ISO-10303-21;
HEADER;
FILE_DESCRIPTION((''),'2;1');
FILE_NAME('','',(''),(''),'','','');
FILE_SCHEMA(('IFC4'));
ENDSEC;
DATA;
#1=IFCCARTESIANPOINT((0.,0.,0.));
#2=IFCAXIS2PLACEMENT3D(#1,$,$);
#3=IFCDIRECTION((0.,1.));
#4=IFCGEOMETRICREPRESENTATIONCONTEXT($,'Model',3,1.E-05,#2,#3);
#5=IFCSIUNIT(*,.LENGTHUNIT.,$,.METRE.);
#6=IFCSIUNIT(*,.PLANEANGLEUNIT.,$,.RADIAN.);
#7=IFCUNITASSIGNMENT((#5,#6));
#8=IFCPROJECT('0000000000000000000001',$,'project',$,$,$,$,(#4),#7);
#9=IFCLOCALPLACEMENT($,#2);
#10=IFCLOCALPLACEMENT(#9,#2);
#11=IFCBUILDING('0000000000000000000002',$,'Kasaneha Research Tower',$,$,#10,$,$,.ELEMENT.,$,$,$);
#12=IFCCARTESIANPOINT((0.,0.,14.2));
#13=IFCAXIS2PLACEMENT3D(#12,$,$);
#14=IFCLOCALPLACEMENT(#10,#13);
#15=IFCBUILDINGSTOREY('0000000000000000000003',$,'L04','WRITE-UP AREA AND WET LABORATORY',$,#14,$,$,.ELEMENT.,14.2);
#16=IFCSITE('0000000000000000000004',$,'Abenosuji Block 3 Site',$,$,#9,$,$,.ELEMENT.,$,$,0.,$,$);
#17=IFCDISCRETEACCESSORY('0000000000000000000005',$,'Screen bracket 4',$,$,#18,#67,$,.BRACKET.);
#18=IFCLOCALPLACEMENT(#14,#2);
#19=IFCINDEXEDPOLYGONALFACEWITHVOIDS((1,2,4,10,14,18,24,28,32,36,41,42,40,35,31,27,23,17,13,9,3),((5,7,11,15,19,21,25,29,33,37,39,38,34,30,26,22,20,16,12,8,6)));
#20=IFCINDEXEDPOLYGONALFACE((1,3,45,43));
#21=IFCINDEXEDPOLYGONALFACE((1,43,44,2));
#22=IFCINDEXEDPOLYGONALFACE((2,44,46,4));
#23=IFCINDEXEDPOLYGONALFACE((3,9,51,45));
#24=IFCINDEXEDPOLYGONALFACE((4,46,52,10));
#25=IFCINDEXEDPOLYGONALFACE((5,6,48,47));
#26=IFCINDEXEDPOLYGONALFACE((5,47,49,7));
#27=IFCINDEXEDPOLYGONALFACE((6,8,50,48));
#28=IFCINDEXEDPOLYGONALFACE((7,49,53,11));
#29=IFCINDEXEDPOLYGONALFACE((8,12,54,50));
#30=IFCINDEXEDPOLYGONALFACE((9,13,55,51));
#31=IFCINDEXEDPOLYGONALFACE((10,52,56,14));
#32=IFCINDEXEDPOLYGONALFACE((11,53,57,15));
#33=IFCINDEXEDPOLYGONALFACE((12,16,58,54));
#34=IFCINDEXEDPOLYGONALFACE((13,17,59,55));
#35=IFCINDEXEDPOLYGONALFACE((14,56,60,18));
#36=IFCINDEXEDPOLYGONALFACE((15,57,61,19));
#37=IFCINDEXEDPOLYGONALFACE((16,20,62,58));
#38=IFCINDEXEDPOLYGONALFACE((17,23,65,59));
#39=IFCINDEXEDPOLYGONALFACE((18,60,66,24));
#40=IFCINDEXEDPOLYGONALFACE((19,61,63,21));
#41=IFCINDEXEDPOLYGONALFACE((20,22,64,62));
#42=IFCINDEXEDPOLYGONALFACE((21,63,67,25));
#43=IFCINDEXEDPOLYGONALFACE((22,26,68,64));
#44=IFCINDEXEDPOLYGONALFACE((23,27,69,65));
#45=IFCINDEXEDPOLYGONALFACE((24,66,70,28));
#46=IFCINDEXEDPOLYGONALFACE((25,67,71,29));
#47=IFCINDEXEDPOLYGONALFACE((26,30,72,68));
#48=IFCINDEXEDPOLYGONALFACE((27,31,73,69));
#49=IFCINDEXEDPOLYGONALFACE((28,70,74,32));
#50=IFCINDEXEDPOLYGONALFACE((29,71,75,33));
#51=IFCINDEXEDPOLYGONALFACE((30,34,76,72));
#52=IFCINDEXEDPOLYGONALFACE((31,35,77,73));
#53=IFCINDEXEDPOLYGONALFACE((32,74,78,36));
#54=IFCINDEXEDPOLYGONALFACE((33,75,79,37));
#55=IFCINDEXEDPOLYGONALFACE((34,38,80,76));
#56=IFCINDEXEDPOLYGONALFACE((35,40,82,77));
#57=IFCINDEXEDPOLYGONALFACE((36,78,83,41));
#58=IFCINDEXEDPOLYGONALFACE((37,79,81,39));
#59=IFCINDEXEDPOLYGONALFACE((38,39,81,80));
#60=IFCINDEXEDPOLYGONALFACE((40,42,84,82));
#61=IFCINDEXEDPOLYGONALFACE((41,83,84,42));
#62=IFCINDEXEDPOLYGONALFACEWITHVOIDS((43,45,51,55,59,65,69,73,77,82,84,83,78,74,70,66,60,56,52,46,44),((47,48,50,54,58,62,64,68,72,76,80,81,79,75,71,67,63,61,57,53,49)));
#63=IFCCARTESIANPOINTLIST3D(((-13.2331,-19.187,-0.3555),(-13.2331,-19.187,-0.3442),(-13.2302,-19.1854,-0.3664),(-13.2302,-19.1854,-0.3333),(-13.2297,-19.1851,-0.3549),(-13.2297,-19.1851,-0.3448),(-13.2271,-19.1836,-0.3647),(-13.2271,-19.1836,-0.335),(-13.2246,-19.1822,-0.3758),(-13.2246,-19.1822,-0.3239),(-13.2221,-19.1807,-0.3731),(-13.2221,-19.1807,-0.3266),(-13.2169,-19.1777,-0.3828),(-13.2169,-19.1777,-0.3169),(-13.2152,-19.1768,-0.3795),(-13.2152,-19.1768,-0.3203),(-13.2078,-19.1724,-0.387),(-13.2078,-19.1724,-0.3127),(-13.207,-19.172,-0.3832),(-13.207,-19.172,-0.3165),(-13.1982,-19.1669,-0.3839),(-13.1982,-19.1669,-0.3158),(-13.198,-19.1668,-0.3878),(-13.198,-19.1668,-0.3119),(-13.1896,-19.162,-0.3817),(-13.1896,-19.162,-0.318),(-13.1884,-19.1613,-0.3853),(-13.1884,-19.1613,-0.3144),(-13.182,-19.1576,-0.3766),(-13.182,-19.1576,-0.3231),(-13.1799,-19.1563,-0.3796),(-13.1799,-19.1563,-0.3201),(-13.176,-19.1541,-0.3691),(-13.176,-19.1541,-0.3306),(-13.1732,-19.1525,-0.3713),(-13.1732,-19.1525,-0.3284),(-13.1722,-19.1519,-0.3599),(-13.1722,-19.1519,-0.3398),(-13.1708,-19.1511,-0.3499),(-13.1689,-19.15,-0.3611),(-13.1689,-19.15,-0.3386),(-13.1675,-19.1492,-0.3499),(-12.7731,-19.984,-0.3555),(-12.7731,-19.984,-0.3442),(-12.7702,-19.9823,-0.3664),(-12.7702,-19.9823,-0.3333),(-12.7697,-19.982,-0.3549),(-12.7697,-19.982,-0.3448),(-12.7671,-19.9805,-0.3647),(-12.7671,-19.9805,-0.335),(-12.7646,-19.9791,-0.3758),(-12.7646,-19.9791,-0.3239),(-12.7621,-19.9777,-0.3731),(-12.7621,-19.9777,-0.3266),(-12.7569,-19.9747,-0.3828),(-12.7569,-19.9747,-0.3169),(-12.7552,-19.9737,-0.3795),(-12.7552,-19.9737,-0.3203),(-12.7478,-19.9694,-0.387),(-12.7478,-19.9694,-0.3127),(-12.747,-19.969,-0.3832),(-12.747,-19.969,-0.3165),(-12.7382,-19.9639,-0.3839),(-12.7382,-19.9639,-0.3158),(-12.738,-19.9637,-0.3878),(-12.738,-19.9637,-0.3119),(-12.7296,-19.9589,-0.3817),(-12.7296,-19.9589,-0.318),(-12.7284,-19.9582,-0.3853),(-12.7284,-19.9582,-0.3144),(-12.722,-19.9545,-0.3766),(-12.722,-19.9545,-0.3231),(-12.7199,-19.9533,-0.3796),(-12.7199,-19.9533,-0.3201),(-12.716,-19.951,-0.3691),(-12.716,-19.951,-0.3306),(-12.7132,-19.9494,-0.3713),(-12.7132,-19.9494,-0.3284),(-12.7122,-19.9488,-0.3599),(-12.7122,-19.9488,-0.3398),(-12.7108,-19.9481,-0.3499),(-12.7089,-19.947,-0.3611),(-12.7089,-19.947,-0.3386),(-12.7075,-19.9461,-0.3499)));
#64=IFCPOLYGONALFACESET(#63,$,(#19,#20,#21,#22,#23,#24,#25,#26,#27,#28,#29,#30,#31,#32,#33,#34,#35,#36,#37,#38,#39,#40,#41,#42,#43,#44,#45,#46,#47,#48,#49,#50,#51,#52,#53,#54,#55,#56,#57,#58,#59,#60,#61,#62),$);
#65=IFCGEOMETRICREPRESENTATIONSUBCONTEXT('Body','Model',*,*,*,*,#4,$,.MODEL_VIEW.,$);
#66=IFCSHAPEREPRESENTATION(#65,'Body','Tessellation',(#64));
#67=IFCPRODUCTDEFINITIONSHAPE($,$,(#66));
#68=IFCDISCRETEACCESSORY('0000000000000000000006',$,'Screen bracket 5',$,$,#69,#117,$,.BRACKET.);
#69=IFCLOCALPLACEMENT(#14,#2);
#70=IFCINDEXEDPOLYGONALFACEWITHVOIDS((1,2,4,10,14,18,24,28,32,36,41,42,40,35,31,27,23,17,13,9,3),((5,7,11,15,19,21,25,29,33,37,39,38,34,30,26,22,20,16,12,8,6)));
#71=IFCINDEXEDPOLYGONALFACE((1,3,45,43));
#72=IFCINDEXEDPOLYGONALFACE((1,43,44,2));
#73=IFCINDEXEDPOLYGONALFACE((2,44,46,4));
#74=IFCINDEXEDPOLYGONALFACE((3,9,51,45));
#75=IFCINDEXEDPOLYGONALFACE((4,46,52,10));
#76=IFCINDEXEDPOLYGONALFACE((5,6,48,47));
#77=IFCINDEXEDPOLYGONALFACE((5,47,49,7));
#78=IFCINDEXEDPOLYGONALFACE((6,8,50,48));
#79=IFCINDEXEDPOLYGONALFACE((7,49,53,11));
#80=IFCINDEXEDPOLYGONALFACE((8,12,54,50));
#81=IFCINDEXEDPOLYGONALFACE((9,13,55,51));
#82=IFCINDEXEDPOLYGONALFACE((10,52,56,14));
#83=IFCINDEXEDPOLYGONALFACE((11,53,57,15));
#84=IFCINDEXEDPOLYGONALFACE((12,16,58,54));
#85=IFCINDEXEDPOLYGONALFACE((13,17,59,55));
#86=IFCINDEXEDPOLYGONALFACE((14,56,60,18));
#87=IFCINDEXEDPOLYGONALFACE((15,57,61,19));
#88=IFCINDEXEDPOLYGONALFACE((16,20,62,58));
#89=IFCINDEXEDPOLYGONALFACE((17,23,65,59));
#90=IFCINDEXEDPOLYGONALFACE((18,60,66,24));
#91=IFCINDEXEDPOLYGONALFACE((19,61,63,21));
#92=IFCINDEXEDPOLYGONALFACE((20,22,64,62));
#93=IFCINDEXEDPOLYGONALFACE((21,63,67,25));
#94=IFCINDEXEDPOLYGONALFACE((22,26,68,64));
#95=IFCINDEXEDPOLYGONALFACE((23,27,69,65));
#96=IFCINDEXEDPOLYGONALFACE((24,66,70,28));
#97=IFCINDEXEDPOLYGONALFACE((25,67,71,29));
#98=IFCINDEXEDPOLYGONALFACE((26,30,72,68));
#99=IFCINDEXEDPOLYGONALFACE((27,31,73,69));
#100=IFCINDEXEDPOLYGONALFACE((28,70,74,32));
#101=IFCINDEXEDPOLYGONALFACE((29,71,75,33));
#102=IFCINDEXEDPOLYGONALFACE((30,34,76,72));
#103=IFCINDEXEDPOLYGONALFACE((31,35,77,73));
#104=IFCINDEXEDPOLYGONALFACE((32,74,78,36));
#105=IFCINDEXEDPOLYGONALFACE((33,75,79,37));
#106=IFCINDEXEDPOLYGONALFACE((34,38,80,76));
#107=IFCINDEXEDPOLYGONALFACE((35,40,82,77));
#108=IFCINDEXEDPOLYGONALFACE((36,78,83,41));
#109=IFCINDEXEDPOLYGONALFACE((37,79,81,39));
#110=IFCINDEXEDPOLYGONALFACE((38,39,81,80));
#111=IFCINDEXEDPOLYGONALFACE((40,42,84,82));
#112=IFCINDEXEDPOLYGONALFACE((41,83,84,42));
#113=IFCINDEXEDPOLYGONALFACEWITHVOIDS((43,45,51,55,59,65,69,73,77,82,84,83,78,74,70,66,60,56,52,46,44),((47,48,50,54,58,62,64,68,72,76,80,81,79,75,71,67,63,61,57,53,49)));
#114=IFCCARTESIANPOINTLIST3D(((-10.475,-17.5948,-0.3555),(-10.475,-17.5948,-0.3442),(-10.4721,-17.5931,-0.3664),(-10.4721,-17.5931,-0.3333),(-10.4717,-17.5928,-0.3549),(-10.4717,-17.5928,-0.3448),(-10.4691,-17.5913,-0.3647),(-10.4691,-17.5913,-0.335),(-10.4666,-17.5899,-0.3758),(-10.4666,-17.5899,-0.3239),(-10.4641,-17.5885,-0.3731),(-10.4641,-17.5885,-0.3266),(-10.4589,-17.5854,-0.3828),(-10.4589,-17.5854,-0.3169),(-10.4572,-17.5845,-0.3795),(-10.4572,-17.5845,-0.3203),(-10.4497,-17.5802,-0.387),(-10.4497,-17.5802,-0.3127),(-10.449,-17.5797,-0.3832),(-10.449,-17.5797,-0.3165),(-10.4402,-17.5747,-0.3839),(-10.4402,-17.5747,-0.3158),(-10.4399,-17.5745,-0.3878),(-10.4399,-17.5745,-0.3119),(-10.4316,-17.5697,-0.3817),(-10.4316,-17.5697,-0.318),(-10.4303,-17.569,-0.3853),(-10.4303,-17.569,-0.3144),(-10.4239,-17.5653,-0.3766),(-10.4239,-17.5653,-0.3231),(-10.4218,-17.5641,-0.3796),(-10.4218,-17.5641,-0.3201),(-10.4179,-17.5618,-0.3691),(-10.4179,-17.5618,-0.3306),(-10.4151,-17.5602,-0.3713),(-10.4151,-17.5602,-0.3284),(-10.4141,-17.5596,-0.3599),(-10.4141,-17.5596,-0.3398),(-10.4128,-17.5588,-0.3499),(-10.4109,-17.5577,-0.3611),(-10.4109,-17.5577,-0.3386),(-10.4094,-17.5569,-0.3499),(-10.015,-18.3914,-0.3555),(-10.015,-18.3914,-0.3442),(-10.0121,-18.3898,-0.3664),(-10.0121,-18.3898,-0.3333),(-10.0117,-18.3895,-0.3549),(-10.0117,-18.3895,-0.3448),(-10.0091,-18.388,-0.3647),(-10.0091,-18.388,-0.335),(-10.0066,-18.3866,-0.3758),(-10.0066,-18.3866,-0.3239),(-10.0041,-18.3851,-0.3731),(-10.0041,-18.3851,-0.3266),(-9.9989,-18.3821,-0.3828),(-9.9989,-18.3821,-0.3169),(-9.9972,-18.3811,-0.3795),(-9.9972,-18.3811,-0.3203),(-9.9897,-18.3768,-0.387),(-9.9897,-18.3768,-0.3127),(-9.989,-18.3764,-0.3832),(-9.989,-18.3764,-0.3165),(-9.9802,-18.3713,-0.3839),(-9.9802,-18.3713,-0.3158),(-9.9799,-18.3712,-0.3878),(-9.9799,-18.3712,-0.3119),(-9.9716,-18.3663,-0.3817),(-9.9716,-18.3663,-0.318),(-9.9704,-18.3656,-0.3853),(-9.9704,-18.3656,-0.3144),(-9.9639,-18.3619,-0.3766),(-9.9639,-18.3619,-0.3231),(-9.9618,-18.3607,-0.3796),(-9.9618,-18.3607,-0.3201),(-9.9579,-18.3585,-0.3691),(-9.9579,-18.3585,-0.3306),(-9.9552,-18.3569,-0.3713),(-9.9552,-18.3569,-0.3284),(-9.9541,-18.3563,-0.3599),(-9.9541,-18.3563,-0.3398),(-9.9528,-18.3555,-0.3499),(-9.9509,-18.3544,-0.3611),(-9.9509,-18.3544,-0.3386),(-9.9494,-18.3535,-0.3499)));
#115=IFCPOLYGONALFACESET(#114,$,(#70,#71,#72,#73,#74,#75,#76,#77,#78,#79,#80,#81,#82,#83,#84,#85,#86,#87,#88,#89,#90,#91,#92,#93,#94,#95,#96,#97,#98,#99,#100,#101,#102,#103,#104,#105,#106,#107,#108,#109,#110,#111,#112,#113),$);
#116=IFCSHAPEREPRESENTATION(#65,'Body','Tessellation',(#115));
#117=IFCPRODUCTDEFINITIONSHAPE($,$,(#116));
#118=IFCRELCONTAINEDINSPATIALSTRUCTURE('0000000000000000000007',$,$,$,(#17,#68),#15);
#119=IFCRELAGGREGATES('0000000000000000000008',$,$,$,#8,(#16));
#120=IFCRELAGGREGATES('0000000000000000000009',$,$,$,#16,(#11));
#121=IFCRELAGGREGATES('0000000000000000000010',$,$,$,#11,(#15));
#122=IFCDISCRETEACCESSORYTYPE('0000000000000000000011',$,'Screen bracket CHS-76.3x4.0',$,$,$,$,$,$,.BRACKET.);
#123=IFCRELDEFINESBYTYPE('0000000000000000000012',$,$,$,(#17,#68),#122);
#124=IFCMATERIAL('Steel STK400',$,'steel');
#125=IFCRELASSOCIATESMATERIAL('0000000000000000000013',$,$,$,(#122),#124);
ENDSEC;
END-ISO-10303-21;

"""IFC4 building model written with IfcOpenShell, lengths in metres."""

from ifc_helpers import new_model, si_unit, direction, frame, origin, origin_2d, place, context, subcontext, project, spatial, hollow_circle, extrude, material, material_profile, profile_set, type_object, element, save


model = new_model("IFC4")

# Units and contexts
model_context = context("Model", 3, precision=1e-05, world=origin(), true_north=direction((0.0, 1.0)))
body_context = subcontext(model_context, "Body", "Model", "MODEL_VIEW")
ifc_project = project(units=[si_unit("LENGTHUNIT", "METRE"), si_unit("PLANEANGLEUNIT", "RADIAN")], contexts=[model_context])

# Site, building, storey
site_placement = place(None, origin())
site = spatial("IfcSite", under=ifc_project, at=site_placement, Name="Abenosuji Block 3 Site", CompositionType="ELEMENT", RefElevation=0.0)
building_placement = place(site_placement, origin())
building = spatial("IfcBuilding", under=site, at=building_placement, Name="Kasaneha Research Tower", CompositionType="ELEMENT")
storey_placement = place(building_placement, frame((0.0, 0.0, 14.2)))
storey = spatial("IfcBuildingStorey", under=building, at=storey_placement, Name="L04", Description="WRITE-UP AREA AND WET LABORATORY", CompositionType="ELEMENT", Elevation=14.2)

# Discrete accessories
ifc_material_1 = material(Name="Steel STK400", Category="steel")
ifc_material_profile_1 = material_profile(ifc_material_1, hollow_circle(Radius=0.0381, WallThickness=0.0039, at=origin_2d()), Name="CHS-76.3x4.0")
ifc_profile_set_1 = profile_set([ifc_material_profile_1], Name="Steel STK400")
discrete_accessory_type = type_object("IfcDiscreteAccessoryType", Name="Screen bracket CHS-76.3x4.0", PredefinedType="BRACKET", material=ifc_profile_set_1)
discrete_accessory_1_placement = place(storey_placement, frame((-13.2004, -19.1682, -0.3499), z_axis=(0.499906, -0.86608, 0.0), x_axis=(0.86608, 0.499906, 0.0)))
element("IfcDiscreteAccessory", 1, at=discrete_accessory_1_placement, inside=storey, type_object=discrete_accessory_type, Name="Screen bracket 4", PredefinedType="BRACKET", context=body_context, shape_type="SweptSolid", body=[
    extrude(hollow_circle(Radius=0.0381, WallThickness=0.0039, at=origin_2d()), origin(), (0.0, 0.0, 1.0), 0.9202),
])
discrete_accessory_2_placement = place(storey_placement, frame((-10.4424, -17.5759, -0.3499), z_axis=(0.500021, -0.866013, 0.0), x_axis=(0.866013, 0.500021, 0.0)))
element("IfcDiscreteAccessory", 2, at=discrete_accessory_2_placement, inside=storey, type_object=discrete_accessory_type, Name="Screen bracket 5", PredefinedType="BRACKET", context=body_context, shape_type="SweptSolid", body=[
    extrude(hollow_circle(Radius=0.0381, WallThickness=0.0039, at=origin_2d()), origin(), (0.0, 0.0, 1.0), 0.9199),
])

save(model, "model.ifc")
